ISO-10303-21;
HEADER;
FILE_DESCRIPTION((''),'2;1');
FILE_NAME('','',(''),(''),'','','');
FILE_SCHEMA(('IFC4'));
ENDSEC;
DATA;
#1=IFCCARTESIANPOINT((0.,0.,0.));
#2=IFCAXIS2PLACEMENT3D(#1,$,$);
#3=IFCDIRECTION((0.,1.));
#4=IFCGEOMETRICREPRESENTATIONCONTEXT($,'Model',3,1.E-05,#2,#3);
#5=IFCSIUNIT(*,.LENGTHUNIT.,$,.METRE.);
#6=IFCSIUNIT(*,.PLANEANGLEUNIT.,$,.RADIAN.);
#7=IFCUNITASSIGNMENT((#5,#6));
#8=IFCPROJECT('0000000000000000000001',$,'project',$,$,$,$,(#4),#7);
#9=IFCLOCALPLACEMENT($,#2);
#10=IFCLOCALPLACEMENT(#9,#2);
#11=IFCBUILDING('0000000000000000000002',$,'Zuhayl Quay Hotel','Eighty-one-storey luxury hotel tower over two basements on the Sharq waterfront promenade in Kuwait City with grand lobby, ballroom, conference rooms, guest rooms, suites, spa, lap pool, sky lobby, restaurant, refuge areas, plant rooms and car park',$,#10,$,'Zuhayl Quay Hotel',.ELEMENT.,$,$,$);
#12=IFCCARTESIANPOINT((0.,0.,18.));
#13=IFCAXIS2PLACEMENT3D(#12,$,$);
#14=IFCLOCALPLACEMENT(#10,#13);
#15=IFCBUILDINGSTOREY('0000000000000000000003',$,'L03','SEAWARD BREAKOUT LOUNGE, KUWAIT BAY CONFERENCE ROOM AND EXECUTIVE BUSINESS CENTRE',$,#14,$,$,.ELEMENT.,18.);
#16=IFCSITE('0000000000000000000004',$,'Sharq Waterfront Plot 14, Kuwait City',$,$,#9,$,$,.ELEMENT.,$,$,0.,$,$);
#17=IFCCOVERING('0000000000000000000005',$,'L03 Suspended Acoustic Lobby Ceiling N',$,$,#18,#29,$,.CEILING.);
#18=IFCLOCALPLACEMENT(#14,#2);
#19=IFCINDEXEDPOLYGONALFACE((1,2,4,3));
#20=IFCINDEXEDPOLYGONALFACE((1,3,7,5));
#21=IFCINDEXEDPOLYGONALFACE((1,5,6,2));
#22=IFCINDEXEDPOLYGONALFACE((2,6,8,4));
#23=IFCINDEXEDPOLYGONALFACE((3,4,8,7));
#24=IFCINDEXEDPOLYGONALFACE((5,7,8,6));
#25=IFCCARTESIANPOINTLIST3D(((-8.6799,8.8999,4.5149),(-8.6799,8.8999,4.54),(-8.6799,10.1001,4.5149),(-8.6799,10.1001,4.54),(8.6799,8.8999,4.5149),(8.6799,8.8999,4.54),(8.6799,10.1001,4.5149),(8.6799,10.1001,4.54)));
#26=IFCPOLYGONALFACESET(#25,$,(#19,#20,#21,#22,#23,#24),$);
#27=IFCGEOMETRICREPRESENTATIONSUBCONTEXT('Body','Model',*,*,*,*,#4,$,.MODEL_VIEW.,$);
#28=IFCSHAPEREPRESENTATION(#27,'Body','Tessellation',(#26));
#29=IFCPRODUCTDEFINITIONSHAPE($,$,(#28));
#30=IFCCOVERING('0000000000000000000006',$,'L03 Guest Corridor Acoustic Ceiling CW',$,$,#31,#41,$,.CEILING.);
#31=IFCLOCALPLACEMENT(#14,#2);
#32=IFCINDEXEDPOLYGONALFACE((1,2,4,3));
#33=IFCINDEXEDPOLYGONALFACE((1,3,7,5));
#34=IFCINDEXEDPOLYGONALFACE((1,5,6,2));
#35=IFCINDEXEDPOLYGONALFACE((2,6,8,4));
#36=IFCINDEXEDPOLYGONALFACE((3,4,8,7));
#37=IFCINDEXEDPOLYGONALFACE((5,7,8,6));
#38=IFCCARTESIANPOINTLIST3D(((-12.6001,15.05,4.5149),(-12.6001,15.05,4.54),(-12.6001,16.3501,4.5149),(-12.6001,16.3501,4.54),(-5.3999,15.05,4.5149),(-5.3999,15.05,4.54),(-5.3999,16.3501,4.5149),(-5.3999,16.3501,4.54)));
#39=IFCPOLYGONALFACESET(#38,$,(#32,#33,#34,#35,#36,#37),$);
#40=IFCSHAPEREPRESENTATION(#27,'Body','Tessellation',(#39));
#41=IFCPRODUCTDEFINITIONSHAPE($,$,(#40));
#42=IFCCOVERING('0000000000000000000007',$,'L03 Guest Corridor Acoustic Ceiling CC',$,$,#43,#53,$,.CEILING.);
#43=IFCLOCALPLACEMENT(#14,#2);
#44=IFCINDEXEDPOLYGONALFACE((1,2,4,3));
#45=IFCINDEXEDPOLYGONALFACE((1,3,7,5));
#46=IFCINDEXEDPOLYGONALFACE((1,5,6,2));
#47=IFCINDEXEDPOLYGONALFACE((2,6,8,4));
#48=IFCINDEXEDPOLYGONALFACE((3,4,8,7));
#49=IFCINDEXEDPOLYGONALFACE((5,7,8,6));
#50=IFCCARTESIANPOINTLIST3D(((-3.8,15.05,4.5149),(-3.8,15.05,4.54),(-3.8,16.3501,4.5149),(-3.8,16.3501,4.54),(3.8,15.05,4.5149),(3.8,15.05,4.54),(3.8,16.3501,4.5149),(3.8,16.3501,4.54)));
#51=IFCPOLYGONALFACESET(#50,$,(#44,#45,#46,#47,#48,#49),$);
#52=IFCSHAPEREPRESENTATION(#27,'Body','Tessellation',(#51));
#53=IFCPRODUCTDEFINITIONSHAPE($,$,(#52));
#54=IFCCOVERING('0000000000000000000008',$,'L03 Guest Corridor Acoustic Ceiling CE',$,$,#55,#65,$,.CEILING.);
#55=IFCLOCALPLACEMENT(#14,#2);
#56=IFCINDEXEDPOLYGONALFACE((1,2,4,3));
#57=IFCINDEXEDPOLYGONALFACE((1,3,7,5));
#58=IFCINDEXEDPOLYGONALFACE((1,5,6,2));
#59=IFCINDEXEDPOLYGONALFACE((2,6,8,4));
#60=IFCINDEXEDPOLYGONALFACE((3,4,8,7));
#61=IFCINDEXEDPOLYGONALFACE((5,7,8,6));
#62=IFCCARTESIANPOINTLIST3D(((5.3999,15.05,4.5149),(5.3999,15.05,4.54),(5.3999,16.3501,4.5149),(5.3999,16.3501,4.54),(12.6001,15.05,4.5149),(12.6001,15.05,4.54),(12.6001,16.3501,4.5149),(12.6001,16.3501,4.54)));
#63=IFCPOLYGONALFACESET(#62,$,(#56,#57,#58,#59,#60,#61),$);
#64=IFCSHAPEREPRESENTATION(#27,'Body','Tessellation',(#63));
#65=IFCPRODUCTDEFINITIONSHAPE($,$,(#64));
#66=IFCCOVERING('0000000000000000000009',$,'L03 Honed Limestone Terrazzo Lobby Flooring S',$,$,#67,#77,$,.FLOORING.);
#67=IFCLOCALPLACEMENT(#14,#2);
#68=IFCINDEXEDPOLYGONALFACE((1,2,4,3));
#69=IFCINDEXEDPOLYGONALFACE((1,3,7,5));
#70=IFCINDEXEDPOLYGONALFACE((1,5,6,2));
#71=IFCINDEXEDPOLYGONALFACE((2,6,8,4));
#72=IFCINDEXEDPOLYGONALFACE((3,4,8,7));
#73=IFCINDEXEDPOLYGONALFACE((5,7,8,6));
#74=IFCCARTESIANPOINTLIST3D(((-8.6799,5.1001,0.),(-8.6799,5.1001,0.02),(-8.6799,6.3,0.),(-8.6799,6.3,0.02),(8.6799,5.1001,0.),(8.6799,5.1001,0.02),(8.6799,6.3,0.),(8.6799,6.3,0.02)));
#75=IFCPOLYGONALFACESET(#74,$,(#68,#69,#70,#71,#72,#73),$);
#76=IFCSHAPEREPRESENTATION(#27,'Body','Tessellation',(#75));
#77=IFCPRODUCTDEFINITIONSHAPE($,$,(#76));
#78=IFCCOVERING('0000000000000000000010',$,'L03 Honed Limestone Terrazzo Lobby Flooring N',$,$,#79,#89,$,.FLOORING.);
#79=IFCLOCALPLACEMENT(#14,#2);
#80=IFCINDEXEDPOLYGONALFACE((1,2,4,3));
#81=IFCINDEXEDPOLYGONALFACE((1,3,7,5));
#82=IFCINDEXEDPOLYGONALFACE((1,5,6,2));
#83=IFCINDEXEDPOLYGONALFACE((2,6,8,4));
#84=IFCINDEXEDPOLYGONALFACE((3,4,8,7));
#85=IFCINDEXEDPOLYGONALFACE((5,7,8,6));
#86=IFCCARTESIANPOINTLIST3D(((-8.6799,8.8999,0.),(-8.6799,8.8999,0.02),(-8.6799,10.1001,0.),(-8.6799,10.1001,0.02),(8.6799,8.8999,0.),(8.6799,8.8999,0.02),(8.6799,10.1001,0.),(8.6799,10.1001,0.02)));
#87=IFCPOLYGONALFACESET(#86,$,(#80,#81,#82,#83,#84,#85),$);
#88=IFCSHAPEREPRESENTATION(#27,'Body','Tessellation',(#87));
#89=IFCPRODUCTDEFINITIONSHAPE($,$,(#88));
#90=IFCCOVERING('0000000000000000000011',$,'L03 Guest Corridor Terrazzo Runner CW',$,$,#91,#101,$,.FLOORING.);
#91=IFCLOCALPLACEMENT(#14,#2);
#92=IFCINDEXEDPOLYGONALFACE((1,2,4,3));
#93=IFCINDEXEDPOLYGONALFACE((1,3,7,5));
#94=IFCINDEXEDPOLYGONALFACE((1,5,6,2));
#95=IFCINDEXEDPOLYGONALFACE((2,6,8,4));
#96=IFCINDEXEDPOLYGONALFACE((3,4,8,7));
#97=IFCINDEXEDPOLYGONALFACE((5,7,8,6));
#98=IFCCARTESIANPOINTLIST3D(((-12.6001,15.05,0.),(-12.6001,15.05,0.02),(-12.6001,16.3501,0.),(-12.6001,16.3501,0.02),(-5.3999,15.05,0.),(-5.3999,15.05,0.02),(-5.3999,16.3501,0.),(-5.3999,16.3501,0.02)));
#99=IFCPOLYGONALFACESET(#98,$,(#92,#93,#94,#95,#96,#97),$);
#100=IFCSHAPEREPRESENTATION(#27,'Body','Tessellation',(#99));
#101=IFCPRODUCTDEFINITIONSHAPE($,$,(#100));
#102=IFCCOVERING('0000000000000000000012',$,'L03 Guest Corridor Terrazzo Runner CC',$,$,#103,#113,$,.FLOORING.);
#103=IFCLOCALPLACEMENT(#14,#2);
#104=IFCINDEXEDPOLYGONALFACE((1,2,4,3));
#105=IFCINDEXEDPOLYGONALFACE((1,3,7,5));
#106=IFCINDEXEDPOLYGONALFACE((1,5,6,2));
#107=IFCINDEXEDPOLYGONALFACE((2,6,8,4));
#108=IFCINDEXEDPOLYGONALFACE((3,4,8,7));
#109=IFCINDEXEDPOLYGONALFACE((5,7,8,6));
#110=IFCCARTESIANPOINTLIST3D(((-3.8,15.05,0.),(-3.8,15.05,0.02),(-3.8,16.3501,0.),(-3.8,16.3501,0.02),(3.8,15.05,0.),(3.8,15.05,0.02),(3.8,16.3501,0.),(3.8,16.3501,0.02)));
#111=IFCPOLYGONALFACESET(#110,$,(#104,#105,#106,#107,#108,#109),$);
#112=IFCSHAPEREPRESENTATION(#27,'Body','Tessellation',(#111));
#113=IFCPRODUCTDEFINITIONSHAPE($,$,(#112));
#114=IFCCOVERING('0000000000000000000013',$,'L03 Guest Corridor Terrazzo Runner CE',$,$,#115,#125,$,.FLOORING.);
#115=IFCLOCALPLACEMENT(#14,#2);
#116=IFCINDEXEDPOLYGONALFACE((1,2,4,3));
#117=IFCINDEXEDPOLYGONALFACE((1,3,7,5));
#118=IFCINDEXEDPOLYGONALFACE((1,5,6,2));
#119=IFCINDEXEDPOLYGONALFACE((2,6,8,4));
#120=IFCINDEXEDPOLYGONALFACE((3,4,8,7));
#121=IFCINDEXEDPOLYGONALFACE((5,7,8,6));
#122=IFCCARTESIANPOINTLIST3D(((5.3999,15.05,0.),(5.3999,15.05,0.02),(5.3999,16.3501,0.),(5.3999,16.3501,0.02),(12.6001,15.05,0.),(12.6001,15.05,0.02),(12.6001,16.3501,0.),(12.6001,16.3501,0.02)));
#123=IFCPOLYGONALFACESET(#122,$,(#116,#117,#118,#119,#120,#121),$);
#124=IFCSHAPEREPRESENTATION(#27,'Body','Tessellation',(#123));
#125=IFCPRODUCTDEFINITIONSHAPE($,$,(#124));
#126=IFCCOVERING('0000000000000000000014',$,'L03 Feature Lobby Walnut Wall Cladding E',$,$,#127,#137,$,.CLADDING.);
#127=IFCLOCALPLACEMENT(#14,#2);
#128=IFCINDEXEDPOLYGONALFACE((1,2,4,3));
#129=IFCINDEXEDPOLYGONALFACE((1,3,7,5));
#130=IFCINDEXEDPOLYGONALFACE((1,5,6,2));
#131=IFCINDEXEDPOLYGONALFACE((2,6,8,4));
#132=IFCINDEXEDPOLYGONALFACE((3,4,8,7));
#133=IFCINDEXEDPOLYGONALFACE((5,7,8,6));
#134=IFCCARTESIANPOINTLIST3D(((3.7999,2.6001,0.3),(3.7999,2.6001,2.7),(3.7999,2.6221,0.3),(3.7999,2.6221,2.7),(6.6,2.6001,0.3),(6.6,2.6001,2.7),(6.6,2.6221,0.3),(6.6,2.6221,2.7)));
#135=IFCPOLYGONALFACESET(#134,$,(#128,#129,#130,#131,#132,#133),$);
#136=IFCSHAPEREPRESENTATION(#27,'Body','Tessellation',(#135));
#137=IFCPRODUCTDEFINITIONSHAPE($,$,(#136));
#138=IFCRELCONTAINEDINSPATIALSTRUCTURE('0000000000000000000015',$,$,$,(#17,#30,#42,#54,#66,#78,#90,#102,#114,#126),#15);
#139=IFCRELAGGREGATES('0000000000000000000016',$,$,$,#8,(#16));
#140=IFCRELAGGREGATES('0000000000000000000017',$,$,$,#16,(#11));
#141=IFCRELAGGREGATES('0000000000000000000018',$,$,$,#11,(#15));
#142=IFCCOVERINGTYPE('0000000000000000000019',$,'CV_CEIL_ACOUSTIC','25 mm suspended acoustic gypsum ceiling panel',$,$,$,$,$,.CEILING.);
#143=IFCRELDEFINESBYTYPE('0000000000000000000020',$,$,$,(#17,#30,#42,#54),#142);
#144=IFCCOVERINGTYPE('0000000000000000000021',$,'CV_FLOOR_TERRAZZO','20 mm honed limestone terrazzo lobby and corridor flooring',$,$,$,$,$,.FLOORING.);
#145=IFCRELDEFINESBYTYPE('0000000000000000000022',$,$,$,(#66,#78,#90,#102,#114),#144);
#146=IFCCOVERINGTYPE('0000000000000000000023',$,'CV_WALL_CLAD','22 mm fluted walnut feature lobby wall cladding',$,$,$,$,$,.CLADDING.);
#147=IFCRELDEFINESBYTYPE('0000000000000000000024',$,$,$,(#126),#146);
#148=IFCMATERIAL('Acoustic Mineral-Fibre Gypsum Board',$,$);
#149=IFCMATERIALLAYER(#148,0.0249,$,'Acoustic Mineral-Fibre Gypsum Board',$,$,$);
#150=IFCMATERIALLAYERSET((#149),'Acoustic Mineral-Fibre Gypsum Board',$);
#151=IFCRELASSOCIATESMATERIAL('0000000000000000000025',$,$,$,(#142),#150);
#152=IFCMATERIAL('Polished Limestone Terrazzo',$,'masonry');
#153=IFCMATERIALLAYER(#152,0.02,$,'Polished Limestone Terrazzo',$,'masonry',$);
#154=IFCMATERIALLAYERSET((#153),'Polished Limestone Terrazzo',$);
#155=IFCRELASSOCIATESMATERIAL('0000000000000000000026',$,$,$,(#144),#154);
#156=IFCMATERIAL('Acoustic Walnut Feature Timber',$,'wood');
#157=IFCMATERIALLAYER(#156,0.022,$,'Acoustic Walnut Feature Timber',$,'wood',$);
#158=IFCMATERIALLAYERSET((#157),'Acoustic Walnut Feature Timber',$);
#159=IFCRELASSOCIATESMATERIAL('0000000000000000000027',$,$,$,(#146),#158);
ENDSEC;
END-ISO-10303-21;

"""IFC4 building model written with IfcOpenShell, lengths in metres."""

from ifc_helpers import new_model, si_unit, direction, frame, origin, origin_2d, place, context, subcontext, project, spatial, polyline, rectangle, outline, extrude, material, layer, layer_set, type_object, element, save


model = new_model("IFC4")

# Units and contexts
model_context = context("Model", 3, precision=1e-05, world=origin(), true_north=direction((0.0, 1.0)))
body_context = subcontext(model_context, "Body", "Model", "MODEL_VIEW")
ifc_project = project(units=[si_unit("LENGTHUNIT", "METRE"), si_unit("PLANEANGLEUNIT", "RADIAN")], contexts=[model_context])

# Site, building, storey
site_placement = place(None, origin())
site = spatial("IfcSite", under=ifc_project, at=site_placement, Name="Sharq Waterfront Plot 14, Kuwait City", CompositionType="ELEMENT", RefElevation=0.0)
building_placement = place(site_placement, origin())
building = spatial("IfcBuilding", under=site, at=building_placement, Name="Zuhayl Quay Hotel", Description="Eighty-one-storey luxury hotel tower over two basements on the Sharq waterfront promenade in Kuwait City with grand lobby, ballroom, conference rooms, guest rooms, suites, spa, lap pool, sky lobby, restaurant, refuge areas, plant rooms and car park", LongName="Zuhayl Quay Hotel", CompositionType="ELEMENT")
storey_placement = place(building_placement, frame((0.0, 0.0, 18.0)))
storey = spatial("IfcBuildingStorey", under=building, at=storey_placement, Name="L03", Description="SEAWARD BREAKOUT LOUNGE, KUWAIT BAY CONFERENCE ROOM AND EXECUTIVE BUSINESS CENTRE", CompositionType="ELEMENT", Elevation=18.0)

# Coverings
ifc_material_1 = material(Name="Acoustic Mineral-Fibre Gypsum Board")
ifc_layer_1 = layer(ifc_material_1, 0.0249, Name="Acoustic Mineral-Fibre Gypsum Board")
ifc_layer_set_1 = layer_set([ifc_layer_1], Name="Acoustic Mineral-Fibre Gypsum Board")
covering_type_1 = type_object("IfcCoveringType", Name="CV_CEIL_ACOUSTIC", Description="25 mm suspended acoustic gypsum ceiling panel", PredefinedType="CEILING", material=ifc_layer_set_1)
covering_1_placement = place(storey_placement, frame((0.0, 0.0, 4.5149)))
element("IfcCovering", 1, at=covering_1_placement, inside=storey, type_object=covering_type_1, Name="L03 Suspended Acoustic Lobby Ceiling N", PredefinedType="CEILING", context=body_context, shape_type="SweptSolid", body=[
    extrude(outline(polyline([(-8.6799, 8.8999), (8.6799, 8.8999), (8.6799, 10.1001), (-8.6799, 10.1001), (-8.6799, 8.8999)])), origin(), (0.0, 0.0, 1.0), 0.0251),
])
covering_2_placement = place(storey_placement, frame((0.0, 0.0, 4.5149)))
element("IfcCovering", 2, at=covering_2_placement, inside=storey, type_object=covering_type_1, Name="L03 Guest Corridor Acoustic Ceiling CW", PredefinedType="CEILING", context=body_context, shape_type="SweptSolid", body=[
    extrude(outline(polyline([(-12.6001, 15.05), (-5.3999, 15.05), (-5.3999, 16.3501), (-12.6001, 16.3501), (-12.6001, 15.05)])), origin(), (0.0, 0.0, 1.0), 0.0251),
])
covering_3_placement = place(storey_placement, frame((0.0, 0.0, 4.5149)))
element("IfcCovering", 3, at=covering_3_placement, inside=storey, type_object=covering_type_1, Name="L03 Guest Corridor Acoustic Ceiling CC", PredefinedType="CEILING", context=body_context, shape_type="SweptSolid", body=[
    extrude(outline(polyline([(-3.8, 15.05), (3.8, 15.05), (3.8, 16.3501), (-3.8, 16.3501), (-3.8, 15.05)])), origin(), (0.0, 0.0, 1.0), 0.0251),
])
covering_4_placement = place(storey_placement, frame((0.0, 0.0, 4.5149)))
element("IfcCovering", 4, at=covering_4_placement, inside=storey, type_object=covering_type_1, Name="L03 Guest Corridor Acoustic Ceiling CE", PredefinedType="CEILING", context=body_context, shape_type="SweptSolid", body=[
    extrude(outline(polyline([(5.3999, 15.05), (12.6001, 15.05), (12.6001, 16.3501), (5.3999, 16.3501), (5.3999, 15.05)])), origin(), (0.0, 0.0, 1.0), 0.0251),
])
ifc_material_2 = material(Name="Polished Limestone Terrazzo", Category="masonry")
ifc_layer_2 = layer(ifc_material_2, 0.02, Name="Polished Limestone Terrazzo", Category="masonry")
ifc_layer_set_2 = layer_set([ifc_layer_2], Name="Polished Limestone Terrazzo")
covering_type_2 = type_object("IfcCoveringType", Name="CV_FLOOR_TERRAZZO", Description="20 mm honed limestone terrazzo lobby and corridor flooring", PredefinedType="FLOORING", material=ifc_layer_set_2)
covering_5_placement = place(storey_placement, origin())
element("IfcCovering", 5, at=covering_5_placement, inside=storey, type_object=covering_type_2, Name="L03 Honed Limestone Terrazzo Lobby Flooring S", PredefinedType="FLOORING", context=body_context, shape_type="SweptSolid", body=[
    extrude(outline(polyline([(-8.6799, 5.1001), (8.6799, 5.1001), (8.6799, 6.3), (-8.6799, 6.3), (-8.6799, 5.1001)])), origin(), (0.0, 0.0, 1.0), 0.02),
])
covering_6_placement = place(storey_placement, origin())
element("IfcCovering", 6, at=covering_6_placement, inside=storey, type_object=covering_type_2, Name="L03 Honed Limestone Terrazzo Lobby Flooring N", PredefinedType="FLOORING", context=body_context, shape_type="SweptSolid", body=[
    extrude(outline(polyline([(-8.6799, 8.8999), (8.6799, 8.8999), (8.6799, 10.1001), (-8.6799, 10.1001), (-8.6799, 8.8999)])), origin(), (0.0, 0.0, 1.0), 0.02),
])
covering_7_placement = place(storey_placement, origin())
element("IfcCovering", 7, at=covering_7_placement, inside=storey, type_object=covering_type_2, Name="L03 Guest Corridor Terrazzo Runner CW", PredefinedType="FLOORING", context=body_context, shape_type="SweptSolid", body=[
    extrude(outline(polyline([(-12.6001, 15.05), (-5.3999, 15.05), (-5.3999, 16.3501), (-12.6001, 16.3501), (-12.6001, 15.05)])), origin(), (0.0, 0.0, 1.0), 0.02),
])
covering_8_placement = place(storey_placement, origin())
element("IfcCovering", 8, at=covering_8_placement, inside=storey, type_object=covering_type_2, Name="L03 Guest Corridor Terrazzo Runner CC", PredefinedType="FLOORING", context=body_context, shape_type="SweptSolid", body=[
    extrude(outline(polyline([(-3.8, 15.05), (3.8, 15.05), (3.8, 16.3501), (-3.8, 16.3501), (-3.8, 15.05)])), origin(), (0.0, 0.0, 1.0), 0.02),
])
covering_9_placement = place(storey_placement, origin())
element("IfcCovering", 9, at=covering_9_placement, inside=storey, type_object=covering_type_2, Name="L03 Guest Corridor Terrazzo Runner CE", PredefinedType="FLOORING", context=body_context, shape_type="SweptSolid", body=[
    extrude(outline(polyline([(5.3999, 15.05), (12.6001, 15.05), (12.6001, 16.3501), (5.3999, 16.3501), (5.3999, 15.05)])), origin(), (0.0, 0.0, 1.0), 0.02),
])
ifc_material_3 = material(Name="Acoustic Walnut Feature Timber", Category="wood")
ifc_layer_3 = layer(ifc_material_3, 0.022, Name="Acoustic Walnut Feature Timber", Category="wood")
ifc_layer_set_3 = layer_set([ifc_layer_3], Name="Acoustic Walnut Feature Timber")
covering_type_3 = type_object("IfcCoveringType", Name="CV_WALL_CLAD", Description="22 mm fluted walnut feature lobby wall cladding", PredefinedType="CLADDING", material=ifc_layer_set_3)
covering_10_placement = place(storey_placement, frame((5.2, 2.6111, 0.3), z_axis=(0.0, 0.0, 1.0), x_axis=(1.0, 0.0, 0.0)))
element("IfcCovering", 10, at=covering_10_placement, inside=storey, type_object=covering_type_3, Name="L03 Feature Lobby Walnut Wall Cladding E", PredefinedType="CLADDING", context=body_context, shape_type="SweptSolid", body=[
    extrude(rectangle(XDim=2.8, YDim=0.022, at=origin_2d()), origin(), (0.0, 0.0, 1.0), 2.3999),
])

save(model, "model.ifc")
